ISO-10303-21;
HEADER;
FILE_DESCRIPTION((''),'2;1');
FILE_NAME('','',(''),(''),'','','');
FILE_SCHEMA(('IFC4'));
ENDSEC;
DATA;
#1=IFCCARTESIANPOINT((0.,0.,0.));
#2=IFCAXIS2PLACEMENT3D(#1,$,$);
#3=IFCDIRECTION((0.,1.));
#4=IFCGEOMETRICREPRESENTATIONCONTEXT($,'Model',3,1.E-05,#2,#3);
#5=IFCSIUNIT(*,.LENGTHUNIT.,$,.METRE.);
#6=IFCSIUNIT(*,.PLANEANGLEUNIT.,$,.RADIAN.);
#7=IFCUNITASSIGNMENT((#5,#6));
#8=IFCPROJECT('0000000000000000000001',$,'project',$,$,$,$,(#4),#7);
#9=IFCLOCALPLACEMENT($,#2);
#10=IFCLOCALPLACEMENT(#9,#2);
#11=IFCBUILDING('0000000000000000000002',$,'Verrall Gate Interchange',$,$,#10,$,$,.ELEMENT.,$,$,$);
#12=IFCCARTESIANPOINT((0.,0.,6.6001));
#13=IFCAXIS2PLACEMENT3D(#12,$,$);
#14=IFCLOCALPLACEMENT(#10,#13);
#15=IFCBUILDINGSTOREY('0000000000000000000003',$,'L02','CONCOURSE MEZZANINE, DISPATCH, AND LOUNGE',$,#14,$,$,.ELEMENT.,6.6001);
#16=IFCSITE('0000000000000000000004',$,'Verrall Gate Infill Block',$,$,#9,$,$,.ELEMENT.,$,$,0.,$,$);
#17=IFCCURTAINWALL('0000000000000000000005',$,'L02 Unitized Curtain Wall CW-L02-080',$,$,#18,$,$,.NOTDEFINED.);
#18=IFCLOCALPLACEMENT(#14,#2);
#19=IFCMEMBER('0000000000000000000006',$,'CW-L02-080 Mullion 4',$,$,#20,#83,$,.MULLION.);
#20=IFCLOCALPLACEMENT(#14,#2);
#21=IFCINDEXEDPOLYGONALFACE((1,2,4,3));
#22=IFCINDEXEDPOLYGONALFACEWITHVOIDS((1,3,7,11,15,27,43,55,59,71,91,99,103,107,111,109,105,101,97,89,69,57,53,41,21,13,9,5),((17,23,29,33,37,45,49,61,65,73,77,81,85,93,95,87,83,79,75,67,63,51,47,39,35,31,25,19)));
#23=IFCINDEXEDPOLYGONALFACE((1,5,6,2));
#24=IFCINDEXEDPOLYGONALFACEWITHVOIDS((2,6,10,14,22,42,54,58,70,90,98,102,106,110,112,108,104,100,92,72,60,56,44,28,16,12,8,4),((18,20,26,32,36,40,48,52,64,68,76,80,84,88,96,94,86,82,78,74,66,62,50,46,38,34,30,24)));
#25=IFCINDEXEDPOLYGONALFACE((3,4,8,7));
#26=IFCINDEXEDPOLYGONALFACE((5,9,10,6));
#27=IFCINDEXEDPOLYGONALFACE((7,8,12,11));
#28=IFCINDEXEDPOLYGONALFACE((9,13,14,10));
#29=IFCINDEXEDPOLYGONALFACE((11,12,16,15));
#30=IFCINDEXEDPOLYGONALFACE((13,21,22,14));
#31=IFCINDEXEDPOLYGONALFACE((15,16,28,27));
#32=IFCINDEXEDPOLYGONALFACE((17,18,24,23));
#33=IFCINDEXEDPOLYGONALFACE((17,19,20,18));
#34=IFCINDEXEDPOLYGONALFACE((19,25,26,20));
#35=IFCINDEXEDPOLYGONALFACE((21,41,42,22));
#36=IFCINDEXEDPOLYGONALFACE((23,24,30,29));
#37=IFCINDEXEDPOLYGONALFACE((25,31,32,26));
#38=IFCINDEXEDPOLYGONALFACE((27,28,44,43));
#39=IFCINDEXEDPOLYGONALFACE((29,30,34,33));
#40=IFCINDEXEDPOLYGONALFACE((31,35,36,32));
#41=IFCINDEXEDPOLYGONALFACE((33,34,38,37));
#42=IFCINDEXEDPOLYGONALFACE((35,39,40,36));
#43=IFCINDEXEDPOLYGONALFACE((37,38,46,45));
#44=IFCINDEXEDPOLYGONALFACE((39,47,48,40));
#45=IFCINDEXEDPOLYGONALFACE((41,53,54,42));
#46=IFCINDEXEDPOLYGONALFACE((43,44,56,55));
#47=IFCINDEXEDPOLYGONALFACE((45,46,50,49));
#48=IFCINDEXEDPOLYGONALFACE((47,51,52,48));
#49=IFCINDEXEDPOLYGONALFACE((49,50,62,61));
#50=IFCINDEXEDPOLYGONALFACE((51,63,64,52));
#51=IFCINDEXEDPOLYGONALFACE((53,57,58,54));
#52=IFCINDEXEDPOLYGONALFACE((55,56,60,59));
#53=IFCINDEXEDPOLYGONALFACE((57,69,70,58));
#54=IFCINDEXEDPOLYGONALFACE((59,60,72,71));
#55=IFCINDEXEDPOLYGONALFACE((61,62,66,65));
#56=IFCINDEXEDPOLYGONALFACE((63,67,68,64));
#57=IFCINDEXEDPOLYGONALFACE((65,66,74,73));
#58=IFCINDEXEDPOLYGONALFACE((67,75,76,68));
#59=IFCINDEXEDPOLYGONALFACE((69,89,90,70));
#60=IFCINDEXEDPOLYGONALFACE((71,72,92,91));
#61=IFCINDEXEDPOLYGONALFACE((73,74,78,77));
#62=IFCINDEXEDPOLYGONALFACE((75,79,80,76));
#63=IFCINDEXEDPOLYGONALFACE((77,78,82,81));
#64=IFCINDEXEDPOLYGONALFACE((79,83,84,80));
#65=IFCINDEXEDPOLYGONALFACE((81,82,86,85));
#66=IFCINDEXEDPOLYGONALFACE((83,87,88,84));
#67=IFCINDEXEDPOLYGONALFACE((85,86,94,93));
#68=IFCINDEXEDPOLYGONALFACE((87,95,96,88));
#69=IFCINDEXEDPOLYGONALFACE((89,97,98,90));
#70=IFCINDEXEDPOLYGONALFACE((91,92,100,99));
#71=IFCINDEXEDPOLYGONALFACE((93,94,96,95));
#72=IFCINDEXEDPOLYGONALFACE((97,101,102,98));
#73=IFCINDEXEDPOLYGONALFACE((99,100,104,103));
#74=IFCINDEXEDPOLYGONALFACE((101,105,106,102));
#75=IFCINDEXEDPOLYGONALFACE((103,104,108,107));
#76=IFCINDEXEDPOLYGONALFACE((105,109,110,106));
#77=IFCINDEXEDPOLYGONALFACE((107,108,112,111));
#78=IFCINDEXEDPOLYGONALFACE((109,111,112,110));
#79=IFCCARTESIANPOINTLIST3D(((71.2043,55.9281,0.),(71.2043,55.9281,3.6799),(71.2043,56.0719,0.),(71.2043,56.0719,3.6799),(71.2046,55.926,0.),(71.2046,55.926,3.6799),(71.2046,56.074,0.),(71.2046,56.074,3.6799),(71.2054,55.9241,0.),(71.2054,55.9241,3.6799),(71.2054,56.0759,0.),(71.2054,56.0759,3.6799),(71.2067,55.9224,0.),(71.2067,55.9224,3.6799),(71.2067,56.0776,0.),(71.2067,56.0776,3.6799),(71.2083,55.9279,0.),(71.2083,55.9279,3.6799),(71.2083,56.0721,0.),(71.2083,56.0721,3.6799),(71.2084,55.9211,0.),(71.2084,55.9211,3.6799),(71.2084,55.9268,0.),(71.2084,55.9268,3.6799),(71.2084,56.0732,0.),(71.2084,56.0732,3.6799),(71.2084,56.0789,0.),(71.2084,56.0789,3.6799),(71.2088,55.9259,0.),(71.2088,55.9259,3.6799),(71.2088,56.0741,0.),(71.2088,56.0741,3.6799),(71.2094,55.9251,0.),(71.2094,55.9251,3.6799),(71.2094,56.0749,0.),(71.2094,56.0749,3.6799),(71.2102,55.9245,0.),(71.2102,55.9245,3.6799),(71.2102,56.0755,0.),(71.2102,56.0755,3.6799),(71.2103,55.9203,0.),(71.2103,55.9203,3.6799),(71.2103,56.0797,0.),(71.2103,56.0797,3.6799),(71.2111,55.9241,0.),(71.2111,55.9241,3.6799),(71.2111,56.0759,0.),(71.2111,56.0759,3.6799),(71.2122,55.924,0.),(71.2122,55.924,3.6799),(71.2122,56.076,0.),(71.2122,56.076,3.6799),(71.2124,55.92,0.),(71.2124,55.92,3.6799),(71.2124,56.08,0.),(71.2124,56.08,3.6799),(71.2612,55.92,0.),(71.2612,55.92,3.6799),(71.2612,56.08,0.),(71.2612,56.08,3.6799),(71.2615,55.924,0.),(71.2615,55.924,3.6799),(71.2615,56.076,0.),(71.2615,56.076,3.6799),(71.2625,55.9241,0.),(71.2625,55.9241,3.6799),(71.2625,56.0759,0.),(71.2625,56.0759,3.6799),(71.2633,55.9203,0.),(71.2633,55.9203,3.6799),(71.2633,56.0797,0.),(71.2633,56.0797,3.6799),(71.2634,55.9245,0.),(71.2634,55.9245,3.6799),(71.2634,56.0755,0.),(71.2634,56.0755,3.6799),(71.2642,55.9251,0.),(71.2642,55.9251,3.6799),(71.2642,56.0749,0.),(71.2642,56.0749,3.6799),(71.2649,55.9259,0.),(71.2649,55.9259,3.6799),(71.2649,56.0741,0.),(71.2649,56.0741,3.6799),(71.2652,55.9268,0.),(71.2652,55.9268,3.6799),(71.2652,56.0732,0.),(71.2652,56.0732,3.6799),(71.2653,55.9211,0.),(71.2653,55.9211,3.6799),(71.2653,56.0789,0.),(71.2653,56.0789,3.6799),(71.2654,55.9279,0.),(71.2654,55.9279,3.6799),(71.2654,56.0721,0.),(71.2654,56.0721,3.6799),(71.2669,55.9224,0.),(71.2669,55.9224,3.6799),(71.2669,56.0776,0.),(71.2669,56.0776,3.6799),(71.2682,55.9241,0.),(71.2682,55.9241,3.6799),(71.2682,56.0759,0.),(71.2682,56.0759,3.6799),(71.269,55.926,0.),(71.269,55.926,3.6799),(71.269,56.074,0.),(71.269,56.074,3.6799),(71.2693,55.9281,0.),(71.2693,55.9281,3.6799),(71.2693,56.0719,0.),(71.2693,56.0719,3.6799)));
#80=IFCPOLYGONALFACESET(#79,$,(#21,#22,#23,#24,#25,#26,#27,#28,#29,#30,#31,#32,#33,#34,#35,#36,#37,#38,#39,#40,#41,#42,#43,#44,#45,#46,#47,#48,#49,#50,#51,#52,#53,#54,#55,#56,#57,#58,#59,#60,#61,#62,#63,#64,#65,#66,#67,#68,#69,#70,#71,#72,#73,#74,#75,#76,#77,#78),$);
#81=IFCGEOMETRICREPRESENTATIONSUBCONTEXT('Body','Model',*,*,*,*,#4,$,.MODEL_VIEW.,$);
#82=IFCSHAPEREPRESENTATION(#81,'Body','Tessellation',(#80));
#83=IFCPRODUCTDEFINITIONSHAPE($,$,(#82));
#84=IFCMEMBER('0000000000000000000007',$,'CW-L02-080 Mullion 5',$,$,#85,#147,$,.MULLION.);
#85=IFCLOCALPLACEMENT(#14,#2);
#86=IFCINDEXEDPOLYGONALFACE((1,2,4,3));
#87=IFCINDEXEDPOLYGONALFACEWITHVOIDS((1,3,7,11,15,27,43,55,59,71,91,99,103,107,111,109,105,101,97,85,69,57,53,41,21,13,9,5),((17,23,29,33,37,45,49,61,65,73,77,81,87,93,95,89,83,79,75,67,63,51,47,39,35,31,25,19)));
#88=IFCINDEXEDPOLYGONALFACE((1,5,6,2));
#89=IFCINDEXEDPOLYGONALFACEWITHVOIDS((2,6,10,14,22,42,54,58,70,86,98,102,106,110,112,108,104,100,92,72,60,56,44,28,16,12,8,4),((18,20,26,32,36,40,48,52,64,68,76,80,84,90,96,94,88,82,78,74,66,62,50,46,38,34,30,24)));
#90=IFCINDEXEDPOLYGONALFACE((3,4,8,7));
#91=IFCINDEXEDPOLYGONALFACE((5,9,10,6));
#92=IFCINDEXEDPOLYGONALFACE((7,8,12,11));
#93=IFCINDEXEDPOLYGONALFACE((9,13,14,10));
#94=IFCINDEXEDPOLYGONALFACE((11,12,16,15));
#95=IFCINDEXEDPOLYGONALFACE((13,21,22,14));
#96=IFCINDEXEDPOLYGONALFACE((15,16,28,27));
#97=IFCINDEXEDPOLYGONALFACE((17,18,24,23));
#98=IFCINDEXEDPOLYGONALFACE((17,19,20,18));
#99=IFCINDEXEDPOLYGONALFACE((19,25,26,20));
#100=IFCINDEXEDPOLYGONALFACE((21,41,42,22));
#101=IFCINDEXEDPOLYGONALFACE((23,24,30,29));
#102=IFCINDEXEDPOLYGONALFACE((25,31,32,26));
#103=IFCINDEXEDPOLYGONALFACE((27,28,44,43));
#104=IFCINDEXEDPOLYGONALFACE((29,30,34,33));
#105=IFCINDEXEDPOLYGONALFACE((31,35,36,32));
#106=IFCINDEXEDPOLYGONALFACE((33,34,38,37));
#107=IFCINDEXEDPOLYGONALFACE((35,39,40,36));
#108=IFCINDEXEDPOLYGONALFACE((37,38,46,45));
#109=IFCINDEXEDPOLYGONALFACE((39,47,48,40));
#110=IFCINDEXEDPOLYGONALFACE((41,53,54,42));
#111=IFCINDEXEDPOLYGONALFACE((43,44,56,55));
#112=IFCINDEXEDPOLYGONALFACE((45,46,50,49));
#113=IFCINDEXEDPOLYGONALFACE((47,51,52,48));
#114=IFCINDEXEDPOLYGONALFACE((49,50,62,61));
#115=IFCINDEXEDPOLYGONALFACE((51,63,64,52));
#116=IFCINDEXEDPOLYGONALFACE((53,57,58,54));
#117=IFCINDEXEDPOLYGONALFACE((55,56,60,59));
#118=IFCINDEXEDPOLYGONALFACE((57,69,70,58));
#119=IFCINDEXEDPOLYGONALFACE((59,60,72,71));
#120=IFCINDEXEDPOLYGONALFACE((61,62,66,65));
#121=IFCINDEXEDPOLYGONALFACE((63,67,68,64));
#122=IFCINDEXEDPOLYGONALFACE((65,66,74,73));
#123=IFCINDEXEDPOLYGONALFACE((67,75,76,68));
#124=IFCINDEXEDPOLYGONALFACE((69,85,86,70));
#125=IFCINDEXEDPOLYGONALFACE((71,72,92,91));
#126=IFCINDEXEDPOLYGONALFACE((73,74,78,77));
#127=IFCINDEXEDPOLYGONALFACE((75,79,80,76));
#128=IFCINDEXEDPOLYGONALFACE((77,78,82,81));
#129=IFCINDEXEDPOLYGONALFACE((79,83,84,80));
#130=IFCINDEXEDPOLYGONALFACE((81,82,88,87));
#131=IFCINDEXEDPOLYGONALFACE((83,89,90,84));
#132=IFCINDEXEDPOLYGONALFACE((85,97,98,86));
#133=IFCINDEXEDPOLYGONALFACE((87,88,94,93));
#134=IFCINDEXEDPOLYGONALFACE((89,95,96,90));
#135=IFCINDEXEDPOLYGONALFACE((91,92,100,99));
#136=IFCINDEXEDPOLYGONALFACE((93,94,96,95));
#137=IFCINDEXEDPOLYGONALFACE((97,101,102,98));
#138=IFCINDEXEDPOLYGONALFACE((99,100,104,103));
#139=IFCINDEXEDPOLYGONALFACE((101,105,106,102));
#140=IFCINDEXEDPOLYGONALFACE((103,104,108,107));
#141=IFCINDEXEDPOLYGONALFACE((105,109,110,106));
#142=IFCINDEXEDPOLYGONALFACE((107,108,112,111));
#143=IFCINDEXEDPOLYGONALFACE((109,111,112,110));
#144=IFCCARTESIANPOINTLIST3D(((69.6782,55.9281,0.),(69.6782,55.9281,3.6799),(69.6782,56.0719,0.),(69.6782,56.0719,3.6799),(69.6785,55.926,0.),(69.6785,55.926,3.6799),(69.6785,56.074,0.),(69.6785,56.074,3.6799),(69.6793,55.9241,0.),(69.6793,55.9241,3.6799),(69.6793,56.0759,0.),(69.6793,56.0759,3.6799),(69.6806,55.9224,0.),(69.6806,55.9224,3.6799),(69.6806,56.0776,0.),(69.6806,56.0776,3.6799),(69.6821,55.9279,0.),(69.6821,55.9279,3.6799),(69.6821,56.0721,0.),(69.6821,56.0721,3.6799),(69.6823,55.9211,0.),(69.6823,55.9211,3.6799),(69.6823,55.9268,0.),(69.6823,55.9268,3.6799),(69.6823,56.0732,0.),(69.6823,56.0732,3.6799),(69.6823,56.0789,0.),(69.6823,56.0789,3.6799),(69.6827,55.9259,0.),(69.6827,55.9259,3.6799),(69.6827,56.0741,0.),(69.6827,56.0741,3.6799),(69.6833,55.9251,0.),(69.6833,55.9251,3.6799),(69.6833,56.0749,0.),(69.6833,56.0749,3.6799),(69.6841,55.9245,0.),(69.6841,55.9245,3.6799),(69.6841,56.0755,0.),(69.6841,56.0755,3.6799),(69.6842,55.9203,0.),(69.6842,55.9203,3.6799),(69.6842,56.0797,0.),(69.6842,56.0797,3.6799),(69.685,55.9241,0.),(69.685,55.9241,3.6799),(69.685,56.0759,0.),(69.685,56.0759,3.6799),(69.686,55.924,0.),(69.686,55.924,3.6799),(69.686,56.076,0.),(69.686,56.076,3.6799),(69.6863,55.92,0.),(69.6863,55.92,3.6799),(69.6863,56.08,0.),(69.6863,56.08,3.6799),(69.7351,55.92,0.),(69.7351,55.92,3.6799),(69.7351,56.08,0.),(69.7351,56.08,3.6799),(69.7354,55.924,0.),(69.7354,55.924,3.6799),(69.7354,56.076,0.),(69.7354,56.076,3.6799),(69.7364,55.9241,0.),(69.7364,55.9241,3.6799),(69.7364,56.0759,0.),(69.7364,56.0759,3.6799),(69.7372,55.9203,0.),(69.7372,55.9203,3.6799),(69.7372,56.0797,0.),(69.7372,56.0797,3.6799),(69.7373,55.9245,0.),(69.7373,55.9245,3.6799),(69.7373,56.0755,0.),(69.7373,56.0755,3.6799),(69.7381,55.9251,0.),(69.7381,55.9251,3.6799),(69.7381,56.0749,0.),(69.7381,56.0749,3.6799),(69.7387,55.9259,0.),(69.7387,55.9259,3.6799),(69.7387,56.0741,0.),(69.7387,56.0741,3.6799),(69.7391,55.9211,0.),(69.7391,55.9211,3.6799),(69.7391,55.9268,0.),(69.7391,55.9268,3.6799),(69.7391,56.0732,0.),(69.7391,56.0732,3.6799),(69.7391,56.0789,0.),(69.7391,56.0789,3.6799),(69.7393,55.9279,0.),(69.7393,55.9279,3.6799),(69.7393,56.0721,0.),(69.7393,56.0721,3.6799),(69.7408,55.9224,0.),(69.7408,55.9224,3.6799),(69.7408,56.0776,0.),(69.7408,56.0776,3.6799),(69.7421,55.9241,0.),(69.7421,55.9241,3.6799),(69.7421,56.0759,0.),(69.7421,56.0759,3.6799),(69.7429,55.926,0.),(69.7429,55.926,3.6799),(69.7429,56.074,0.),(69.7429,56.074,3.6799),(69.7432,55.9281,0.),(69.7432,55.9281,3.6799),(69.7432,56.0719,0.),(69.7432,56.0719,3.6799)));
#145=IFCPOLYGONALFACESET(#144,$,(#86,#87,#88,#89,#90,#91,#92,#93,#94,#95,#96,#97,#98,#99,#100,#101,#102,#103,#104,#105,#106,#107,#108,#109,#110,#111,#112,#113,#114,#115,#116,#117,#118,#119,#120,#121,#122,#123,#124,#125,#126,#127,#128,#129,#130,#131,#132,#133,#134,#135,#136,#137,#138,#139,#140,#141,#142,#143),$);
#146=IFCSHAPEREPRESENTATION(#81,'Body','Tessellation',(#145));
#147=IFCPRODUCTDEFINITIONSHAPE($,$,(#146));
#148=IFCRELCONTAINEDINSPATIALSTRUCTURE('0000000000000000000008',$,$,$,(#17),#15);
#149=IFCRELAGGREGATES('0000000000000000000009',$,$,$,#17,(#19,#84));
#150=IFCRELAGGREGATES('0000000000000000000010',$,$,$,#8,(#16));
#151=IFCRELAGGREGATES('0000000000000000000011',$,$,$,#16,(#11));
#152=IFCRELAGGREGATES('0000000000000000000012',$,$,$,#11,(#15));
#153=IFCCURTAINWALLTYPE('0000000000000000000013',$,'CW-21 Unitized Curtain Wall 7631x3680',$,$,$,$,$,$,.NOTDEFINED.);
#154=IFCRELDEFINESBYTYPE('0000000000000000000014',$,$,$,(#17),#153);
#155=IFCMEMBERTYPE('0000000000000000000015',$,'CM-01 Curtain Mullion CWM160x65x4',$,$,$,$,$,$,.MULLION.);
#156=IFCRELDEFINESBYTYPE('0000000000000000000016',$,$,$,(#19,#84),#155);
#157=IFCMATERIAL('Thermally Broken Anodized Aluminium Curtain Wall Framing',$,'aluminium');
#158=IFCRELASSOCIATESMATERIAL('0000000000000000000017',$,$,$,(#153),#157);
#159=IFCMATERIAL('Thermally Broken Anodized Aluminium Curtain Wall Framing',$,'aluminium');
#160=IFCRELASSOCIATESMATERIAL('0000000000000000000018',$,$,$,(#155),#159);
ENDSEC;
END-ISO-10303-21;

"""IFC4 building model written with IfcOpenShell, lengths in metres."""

from ifc_helpers import new_model, si_unit, direction, frame, origin, origin_2d, place, context, subcontext, project, spatial, hollow_rectangle, extrude, material, material_profile, profile_set, type_object, element, aggregate, save


model = new_model("IFC4")

# Units and contexts
model_context = context("Model", 3, precision=1e-05, world=origin(), true_north=direction((0.0, 1.0)))
body_context = subcontext(model_context, "Body", "Model", "MODEL_VIEW")
ifc_project = project(units=[si_unit("LENGTHUNIT", "METRE"), si_unit("PLANEANGLEUNIT", "RADIAN")], contexts=[model_context])

# Site, building, storey
site_placement = place(None, origin())
site = spatial("IfcSite", under=ifc_project, at=site_placement, Name="Verrall Gate Infill Block", CompositionType="ELEMENT", RefElevation=0.0)
building_placement = place(site_placement, origin())
building = spatial("IfcBuilding", under=site, at=building_placement, Name="Verrall Gate Interchange", CompositionType="ELEMENT")
storey_placement = place(building_placement, frame((0.0, 0.0, 6.6001)))
storey = spatial("IfcBuildingStorey", under=building, at=storey_placement, Name="L02", Description="CONCOURSE MEZZANINE, DISPATCH, AND LOUNGE", CompositionType="ELEMENT", Elevation=6.6001)

# Curtain wall, members
ifc_material_1 = material(Name="Thermally Broken Anodized Aluminium Curtain Wall Framing", Category="aluminium")
curtain_wall_type = type_object("IfcCurtainWallType", Name="CW-21 Unitized Curtain Wall 7631x3680", PredefinedType="NOTDEFINED", material=ifc_material_1)
curtain_wall_1_placement = place(storey_placement, origin())
curtain_wall_1 = element("IfcCurtainWall", 1, at=curtain_wall_1_placement, inside=storey, type_object=curtain_wall_type, Name="L02 Unitized Curtain Wall CW-L02-080", PredefinedType="NOTDEFINED")
ifc_material_2 = material(Name="Thermally Broken Anodized Aluminium Curtain Wall Framing", Category="aluminium")
ifc_material_profile_1 = material_profile(ifc_material_2, hollow_rectangle(XDim=0.0649, YDim=0.1599, WallThickness=0.0039, InnerFilletRadius=0.0039, OuterFilletRadius=0.0081, at=origin_2d()), Name="CWM160x65x4")
ifc_profile_set_1 = profile_set([ifc_material_profile_1], Name="Thermally Broken Anodized Aluminium Curtain Wall Framing")
member_type_1 = type_object("IfcMemberType", Name="CM-01 Curtain Mullion CWM160x65x4", PredefinedType="MULLION", material=ifc_profile_set_1)
member_1_placement = place(storey_placement, frame((71.2368, 56.0, 0.0), z_axis=(0.0, 0.0, 1.0), x_axis=(-1.0, 0.0, 0.0)))
member_1 = element("IfcMember", 2, at=member_1_placement, type_object=member_type_1, Name="CW-L02-080 Mullion 4", PredefinedType="MULLION", context=body_context, shape_type="SweptSolid", body=[
    extrude(hollow_rectangle(XDim=0.0649, YDim=0.1599, WallThickness=0.0039, InnerFilletRadius=0.0039, OuterFilletRadius=0.0081, at=origin_2d()), origin(), (0.0, 0.0, 1.0), 3.6799),
])
member_2_placement = place(storey_placement, frame((69.7107, 56.0, 0.0), z_axis=(0.0, 0.0, 1.0), x_axis=(-1.0, 0.0, 0.0)))
member_2 = element("IfcMember", 3, at=member_2_placement, type_object=member_type_1, Name="CW-L02-080 Mullion 5", PredefinedType="MULLION", context=body_context, shape_type="SweptSolid", body=[
    extrude(hollow_rectangle(XDim=0.0649, YDim=0.1599, WallThickness=0.0039, InnerFilletRadius=0.0039, OuterFilletRadius=0.0081, at=origin_2d()), origin(), (0.0, 0.0, 1.0), 3.6799),
])

aggregate(curtain_wall_1, [member_1, member_2])

save(model, "model.ifc")
